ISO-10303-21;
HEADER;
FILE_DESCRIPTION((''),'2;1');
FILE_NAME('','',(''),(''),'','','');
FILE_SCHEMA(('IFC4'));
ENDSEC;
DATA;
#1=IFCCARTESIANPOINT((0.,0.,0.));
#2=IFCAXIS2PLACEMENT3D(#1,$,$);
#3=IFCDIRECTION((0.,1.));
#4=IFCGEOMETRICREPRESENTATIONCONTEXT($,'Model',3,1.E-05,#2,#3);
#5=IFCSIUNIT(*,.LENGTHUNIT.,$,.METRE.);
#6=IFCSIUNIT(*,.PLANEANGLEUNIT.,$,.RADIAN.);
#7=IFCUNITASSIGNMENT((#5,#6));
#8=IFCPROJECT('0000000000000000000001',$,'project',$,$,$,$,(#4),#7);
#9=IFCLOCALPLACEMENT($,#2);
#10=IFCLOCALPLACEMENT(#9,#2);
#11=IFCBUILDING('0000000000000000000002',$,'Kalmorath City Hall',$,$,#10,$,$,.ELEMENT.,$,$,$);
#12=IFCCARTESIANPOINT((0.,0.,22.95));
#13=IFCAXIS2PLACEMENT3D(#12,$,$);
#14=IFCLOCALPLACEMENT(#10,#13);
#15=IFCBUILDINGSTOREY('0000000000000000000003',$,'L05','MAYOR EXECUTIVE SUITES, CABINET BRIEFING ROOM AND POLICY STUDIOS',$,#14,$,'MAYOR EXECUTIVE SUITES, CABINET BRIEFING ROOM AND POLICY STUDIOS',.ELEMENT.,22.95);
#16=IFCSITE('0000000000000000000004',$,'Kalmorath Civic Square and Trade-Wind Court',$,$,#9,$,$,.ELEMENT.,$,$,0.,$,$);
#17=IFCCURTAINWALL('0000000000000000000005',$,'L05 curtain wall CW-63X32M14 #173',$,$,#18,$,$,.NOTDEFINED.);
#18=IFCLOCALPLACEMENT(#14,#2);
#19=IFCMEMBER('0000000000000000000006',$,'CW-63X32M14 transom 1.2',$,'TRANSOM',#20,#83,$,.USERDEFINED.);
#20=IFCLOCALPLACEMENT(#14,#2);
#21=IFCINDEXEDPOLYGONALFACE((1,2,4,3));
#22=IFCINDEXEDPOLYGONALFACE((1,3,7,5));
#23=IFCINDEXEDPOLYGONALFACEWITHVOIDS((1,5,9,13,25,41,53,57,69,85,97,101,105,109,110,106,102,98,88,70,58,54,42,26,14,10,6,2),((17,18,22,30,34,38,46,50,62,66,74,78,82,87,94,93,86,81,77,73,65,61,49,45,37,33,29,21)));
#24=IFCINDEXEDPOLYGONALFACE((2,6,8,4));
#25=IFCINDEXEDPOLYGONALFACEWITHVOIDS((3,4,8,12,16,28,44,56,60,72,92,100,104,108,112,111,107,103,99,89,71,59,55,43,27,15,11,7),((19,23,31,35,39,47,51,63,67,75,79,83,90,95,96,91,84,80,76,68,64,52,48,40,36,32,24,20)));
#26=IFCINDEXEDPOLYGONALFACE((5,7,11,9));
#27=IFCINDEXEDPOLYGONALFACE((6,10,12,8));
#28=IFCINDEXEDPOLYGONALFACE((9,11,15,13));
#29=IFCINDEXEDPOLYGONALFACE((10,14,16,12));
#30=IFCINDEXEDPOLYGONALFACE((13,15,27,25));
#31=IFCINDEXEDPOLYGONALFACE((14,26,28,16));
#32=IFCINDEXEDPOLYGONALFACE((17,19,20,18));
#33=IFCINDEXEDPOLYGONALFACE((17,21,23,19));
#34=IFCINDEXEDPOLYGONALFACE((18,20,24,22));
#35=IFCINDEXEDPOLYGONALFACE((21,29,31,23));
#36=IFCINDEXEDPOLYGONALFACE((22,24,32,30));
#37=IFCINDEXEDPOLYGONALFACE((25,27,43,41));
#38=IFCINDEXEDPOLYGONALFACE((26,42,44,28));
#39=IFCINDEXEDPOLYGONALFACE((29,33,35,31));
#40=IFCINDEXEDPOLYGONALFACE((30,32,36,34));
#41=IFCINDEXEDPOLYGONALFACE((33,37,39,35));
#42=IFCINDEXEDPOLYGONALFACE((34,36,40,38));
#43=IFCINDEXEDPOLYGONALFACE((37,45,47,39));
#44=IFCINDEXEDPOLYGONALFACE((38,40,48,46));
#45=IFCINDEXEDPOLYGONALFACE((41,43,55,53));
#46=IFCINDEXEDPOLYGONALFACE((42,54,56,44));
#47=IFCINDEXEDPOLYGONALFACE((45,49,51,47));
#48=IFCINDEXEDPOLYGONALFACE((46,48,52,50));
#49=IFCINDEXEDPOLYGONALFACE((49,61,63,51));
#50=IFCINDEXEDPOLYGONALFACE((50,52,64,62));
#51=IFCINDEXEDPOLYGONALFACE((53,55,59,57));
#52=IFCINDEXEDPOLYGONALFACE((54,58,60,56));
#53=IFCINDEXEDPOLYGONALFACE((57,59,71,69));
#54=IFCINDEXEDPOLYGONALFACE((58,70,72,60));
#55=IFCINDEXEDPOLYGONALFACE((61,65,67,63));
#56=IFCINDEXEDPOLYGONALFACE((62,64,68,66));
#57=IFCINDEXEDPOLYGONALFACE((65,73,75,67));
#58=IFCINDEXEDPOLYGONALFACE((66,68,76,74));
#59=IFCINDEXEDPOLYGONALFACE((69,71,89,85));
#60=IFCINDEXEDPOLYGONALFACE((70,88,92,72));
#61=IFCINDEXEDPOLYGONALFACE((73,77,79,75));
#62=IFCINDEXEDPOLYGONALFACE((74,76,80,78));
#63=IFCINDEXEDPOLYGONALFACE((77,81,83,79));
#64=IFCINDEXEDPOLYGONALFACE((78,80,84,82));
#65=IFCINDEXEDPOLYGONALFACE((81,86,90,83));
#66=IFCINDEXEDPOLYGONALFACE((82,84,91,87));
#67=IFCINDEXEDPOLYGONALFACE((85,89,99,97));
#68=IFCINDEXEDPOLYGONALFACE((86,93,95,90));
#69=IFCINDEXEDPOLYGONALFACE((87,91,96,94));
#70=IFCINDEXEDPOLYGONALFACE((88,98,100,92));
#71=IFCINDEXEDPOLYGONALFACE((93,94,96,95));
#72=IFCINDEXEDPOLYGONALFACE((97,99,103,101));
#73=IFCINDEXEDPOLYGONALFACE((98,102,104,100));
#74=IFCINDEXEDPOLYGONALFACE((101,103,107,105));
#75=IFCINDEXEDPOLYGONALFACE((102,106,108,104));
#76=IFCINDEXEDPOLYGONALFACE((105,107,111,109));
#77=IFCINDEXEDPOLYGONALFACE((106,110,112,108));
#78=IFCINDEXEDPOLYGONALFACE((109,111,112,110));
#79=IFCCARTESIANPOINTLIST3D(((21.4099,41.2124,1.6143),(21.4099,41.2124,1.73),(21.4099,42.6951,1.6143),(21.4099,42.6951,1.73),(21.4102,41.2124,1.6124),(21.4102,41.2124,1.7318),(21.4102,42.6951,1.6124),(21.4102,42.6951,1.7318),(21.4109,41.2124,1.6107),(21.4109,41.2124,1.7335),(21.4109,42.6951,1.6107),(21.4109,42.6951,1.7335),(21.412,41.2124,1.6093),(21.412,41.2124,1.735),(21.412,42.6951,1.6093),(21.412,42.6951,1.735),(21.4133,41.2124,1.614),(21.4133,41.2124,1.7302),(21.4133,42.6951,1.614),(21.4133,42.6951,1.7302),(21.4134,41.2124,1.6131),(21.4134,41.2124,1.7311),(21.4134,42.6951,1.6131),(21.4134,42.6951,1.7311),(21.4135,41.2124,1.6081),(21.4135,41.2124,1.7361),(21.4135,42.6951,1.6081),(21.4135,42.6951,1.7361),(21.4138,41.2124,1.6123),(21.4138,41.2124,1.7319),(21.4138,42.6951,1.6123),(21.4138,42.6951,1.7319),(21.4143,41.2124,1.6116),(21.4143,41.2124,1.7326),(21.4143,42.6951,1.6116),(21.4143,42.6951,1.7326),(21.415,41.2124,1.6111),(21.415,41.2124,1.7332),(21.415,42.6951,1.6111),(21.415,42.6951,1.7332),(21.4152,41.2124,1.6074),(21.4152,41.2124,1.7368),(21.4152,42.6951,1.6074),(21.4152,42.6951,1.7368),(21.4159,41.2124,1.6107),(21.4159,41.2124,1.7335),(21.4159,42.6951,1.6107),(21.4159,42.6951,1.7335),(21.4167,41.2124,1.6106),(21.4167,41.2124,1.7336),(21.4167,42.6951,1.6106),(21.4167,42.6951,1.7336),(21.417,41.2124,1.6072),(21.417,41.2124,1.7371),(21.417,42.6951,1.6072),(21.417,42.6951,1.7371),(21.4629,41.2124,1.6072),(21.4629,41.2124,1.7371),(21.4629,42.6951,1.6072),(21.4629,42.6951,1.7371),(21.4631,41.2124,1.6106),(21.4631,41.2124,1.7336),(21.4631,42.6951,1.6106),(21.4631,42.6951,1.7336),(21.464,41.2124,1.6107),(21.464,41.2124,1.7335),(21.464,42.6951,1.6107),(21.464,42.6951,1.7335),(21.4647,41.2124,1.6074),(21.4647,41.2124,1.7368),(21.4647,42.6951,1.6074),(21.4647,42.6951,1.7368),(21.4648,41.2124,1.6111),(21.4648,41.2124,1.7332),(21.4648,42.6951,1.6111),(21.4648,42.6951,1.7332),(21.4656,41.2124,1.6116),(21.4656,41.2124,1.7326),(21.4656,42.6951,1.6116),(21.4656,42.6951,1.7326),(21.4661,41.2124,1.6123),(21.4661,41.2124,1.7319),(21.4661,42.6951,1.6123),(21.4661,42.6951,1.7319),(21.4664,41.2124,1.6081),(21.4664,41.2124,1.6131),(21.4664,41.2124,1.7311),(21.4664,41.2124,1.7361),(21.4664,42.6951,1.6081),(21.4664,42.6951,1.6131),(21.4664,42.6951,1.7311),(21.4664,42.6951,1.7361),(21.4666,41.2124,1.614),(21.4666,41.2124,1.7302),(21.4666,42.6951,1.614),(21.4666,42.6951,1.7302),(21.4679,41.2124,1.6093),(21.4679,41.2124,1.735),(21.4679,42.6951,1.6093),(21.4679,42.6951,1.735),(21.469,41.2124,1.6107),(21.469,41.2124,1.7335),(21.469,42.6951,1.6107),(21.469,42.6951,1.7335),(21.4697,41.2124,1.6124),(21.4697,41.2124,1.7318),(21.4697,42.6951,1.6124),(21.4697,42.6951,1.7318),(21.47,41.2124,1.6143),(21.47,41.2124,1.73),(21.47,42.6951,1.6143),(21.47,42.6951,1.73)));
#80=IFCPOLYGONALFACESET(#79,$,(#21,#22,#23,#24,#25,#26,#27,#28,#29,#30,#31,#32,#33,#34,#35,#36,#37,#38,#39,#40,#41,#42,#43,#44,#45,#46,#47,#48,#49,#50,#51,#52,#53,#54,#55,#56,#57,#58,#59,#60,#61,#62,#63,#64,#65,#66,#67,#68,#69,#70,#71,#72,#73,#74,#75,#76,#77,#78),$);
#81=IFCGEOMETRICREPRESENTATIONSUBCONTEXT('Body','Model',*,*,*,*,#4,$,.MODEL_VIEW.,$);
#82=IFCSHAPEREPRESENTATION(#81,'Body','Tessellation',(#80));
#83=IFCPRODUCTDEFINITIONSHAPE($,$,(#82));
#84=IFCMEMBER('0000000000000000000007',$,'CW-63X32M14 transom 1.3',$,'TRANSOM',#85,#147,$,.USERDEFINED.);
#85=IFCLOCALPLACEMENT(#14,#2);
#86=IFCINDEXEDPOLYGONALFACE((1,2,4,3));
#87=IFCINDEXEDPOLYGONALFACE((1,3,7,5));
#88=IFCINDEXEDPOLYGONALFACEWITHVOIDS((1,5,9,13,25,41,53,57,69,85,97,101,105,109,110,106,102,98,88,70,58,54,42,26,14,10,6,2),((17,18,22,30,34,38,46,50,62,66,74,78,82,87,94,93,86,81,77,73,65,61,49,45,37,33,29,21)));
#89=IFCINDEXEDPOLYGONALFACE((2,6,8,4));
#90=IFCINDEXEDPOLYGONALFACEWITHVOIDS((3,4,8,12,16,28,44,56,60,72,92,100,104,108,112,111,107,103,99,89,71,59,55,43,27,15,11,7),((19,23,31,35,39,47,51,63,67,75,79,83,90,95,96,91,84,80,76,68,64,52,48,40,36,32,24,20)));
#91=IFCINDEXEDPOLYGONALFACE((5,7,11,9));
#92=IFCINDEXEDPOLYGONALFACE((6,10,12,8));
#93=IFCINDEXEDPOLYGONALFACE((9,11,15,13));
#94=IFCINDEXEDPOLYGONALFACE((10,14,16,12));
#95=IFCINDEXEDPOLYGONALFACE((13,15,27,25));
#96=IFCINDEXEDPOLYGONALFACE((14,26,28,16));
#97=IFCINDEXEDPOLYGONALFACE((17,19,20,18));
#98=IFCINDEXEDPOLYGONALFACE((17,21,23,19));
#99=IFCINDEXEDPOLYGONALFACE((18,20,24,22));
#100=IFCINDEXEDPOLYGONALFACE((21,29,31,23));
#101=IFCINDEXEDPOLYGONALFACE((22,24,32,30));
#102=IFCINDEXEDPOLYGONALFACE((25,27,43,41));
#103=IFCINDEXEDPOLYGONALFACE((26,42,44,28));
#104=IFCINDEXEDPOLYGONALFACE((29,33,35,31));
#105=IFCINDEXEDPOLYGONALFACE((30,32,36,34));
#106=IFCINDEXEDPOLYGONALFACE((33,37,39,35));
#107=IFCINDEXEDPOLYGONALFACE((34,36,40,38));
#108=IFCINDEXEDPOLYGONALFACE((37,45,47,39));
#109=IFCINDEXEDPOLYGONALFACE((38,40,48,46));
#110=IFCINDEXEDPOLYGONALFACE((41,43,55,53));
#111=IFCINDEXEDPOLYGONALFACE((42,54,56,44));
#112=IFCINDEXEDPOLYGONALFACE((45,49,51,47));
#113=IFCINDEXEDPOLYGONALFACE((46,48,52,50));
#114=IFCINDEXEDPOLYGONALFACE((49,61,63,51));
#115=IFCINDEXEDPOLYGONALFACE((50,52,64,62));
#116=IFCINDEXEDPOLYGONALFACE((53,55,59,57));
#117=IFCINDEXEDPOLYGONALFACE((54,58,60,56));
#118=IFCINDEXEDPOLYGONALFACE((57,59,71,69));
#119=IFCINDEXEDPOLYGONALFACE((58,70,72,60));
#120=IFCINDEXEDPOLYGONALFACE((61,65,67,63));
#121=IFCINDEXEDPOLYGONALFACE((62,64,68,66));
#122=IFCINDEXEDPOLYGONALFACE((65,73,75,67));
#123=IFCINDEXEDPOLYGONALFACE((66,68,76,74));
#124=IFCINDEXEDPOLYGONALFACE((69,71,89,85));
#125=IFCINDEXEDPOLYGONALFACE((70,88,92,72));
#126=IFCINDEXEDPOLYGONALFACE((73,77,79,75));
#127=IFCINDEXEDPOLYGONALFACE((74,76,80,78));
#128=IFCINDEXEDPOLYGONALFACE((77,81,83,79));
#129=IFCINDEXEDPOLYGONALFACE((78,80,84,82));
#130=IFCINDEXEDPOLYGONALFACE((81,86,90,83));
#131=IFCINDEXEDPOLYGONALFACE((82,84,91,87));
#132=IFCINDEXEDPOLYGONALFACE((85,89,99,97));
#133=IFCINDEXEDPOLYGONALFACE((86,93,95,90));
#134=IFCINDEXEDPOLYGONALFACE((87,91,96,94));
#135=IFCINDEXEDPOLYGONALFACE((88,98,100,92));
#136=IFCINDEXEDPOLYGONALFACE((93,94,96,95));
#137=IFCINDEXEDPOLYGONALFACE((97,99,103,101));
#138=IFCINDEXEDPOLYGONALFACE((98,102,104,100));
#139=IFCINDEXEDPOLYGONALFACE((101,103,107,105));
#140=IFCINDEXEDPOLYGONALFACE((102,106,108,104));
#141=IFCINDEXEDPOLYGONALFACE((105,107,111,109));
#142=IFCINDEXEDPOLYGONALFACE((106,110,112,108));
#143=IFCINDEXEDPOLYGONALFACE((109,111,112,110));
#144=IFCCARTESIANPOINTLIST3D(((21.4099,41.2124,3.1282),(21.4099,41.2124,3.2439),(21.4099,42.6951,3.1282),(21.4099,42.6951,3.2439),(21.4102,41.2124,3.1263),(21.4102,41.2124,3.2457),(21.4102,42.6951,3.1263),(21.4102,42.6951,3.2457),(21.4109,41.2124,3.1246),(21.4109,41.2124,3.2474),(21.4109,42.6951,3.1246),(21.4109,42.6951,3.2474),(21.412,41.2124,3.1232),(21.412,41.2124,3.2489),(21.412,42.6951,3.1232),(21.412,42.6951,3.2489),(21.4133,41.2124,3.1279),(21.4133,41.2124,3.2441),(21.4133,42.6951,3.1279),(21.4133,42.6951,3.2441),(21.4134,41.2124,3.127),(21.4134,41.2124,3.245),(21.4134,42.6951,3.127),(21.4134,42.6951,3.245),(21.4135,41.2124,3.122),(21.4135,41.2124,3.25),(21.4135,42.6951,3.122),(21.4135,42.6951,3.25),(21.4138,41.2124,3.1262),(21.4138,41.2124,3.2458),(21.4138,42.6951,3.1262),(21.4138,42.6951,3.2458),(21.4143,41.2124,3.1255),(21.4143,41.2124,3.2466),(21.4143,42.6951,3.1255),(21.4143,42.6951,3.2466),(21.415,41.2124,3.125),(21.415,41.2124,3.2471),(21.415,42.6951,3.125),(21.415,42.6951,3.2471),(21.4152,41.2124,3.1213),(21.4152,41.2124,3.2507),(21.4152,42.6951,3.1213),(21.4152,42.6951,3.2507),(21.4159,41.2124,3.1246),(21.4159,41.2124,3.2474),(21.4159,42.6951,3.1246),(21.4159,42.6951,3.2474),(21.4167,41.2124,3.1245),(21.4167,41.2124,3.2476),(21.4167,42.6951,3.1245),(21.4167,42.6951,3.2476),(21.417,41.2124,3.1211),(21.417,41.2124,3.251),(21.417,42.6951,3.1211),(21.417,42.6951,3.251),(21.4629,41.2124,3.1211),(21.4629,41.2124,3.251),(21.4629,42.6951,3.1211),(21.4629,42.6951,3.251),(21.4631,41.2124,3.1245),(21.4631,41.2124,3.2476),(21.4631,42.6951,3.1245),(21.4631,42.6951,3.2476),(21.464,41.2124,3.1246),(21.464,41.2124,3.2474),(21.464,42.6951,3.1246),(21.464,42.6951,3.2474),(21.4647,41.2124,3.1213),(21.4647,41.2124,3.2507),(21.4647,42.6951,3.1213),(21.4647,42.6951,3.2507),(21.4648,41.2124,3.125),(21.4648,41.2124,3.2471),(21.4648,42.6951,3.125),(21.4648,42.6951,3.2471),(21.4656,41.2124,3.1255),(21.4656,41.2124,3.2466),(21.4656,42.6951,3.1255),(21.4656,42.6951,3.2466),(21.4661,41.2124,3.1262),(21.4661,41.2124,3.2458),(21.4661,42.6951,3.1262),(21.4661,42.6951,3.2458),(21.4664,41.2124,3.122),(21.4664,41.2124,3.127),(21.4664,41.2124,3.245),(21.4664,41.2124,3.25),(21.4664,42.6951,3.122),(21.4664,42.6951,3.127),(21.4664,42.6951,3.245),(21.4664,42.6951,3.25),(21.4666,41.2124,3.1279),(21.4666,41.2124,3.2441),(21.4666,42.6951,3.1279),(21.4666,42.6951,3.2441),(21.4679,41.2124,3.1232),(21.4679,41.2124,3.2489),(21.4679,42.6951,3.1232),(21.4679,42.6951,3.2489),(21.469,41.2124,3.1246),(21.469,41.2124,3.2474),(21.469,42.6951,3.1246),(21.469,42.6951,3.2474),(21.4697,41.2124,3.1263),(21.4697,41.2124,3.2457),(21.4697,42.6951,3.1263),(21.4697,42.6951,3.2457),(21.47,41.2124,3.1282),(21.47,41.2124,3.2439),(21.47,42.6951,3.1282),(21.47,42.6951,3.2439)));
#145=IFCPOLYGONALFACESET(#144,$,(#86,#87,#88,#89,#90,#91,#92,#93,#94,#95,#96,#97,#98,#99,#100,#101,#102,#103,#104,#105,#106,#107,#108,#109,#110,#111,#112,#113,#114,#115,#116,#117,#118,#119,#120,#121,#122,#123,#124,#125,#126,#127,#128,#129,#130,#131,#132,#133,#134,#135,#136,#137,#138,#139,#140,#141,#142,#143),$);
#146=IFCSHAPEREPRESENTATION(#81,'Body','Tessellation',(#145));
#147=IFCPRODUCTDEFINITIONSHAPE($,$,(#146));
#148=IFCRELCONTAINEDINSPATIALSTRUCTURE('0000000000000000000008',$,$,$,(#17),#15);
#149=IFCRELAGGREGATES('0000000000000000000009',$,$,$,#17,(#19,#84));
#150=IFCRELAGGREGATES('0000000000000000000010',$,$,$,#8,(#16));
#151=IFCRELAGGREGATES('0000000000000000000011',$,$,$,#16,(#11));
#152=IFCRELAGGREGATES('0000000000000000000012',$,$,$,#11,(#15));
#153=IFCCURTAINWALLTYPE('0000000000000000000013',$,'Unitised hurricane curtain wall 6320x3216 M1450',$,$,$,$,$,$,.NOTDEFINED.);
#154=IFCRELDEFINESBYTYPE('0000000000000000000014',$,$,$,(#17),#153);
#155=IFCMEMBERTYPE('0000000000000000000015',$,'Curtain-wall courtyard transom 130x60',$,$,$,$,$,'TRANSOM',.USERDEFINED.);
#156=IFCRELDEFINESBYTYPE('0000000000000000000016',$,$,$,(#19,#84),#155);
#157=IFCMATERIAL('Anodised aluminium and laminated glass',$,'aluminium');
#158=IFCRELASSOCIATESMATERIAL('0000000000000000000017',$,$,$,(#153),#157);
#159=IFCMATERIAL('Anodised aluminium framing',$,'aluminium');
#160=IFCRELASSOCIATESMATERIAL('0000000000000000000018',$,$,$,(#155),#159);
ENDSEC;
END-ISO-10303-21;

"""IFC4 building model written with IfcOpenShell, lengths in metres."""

from ifc_helpers import new_model, si_unit, direction, frame, origin, origin_2d, place, context, subcontext, project, spatial, hollow_rectangle, extrude, material, material_profile, profile_set, type_object, element, aggregate, save


model = new_model("IFC4")

# Units and contexts
model_context = context("Model", 3, precision=1e-05, world=origin(), true_north=direction((0.0, 1.0)))
body_context = subcontext(model_context, "Body", "Model", "MODEL_VIEW")
ifc_project = project(units=[si_unit("LENGTHUNIT", "METRE"), si_unit("PLANEANGLEUNIT", "RADIAN")], contexts=[model_context])

# Site, building, storey
site_placement = place(None, origin())
site = spatial("IfcSite", under=ifc_project, at=site_placement, Name="Kalmorath Civic Square and Trade-Wind Court", CompositionType="ELEMENT", RefElevation=0.0)
building_placement = place(site_placement, origin())
building = spatial("IfcBuilding", under=site, at=building_placement, Name="Kalmorath City Hall", CompositionType="ELEMENT")
storey_placement = place(building_placement, frame((0.0, 0.0, 22.95)))
storey = spatial("IfcBuildingStorey", under=building, at=storey_placement, Name="L05", Description="MAYOR EXECUTIVE SUITES, CABINET BRIEFING ROOM AND POLICY STUDIOS", LongName="MAYOR EXECUTIVE SUITES, CABINET BRIEFING ROOM AND POLICY STUDIOS", CompositionType="ELEMENT", Elevation=22.95)

# Curtain wall, members
ifc_material_1 = material(Name="Anodised aluminium and laminated glass", Category="aluminium")
curtain_wall_type = type_object("IfcCurtainWallType", Name="Unitised hurricane curtain wall 6320x3216 M1450", PredefinedType="NOTDEFINED", material=ifc_material_1)
curtain_wall_placement = place(storey_placement, origin())
curtain_wall = element("IfcCurtainWall", 1, at=curtain_wall_placement, inside=storey, type_object=curtain_wall_type, Name="L05 curtain wall CW-63X32M14 #173", PredefinedType="NOTDEFINED")
ifc_material_2 = material(Name="Anodised aluminium framing", Category="aluminium")
ifc_material_profile_1 = material_profile(ifc_material_2, hollow_rectangle(XDim=0.0601, YDim=0.1299, WallThickness=0.0034, InnerFilletRadius=0.0034, OuterFilletRadius=0.0071, at=origin_2d()), Name="ALU-TRN-130X60X3.5")
ifc_profile_set_1 = profile_set([ifc_material_profile_1], Name="Anodised aluminium framing")
member_type_1 = type_object("IfcMemberType", Name="Curtain-wall courtyard transom 130x60", ElementType="TRANSOM", PredefinedType="USERDEFINED", material=ifc_profile_set_1)
member_1_placement = place(storey_placement, frame((21.4399, 42.6951, 1.6721), z_axis=(0.0, -1.0, 0.0), x_axis=(1.0, 0.0, 0.0)))
member_1 = element("IfcMember", 2, at=member_1_placement, type_object=member_type_1, Name="CW-63X32M14 transom 1.2", ObjectType="TRANSOM", PredefinedType="USERDEFINED", context=body_context, shape_type="SweptSolid", body=[
    extrude(hollow_rectangle(XDim=0.0601, YDim=0.1299, WallThickness=0.0034, InnerFilletRadius=0.0034, OuterFilletRadius=0.0071, at=origin_2d()), origin(), (0.0, 0.0, 1.0), 1.4827),
])
member_2_placement = place(storey_placement, frame((21.4399, 42.6951, 3.186), z_axis=(0.0, -1.0, 0.0), x_axis=(1.0, 0.0, 0.0)))
member_2 = element("IfcMember", 3, at=member_2_placement, type_object=member_type_1, Name="CW-63X32M14 transom 1.3", ObjectType="TRANSOM", PredefinedType="USERDEFINED", context=body_context, shape_type="SweptSolid", body=[
    extrude(hollow_rectangle(XDim=0.0601, YDim=0.1299, WallThickness=0.0034, InnerFilletRadius=0.0034, OuterFilletRadius=0.0071, at=origin_2d()), origin(), (0.0, 0.0, 1.0), 1.4827),
])

aggregate(curtain_wall, [member_1, member_2])

save(model, "model.ifc")
